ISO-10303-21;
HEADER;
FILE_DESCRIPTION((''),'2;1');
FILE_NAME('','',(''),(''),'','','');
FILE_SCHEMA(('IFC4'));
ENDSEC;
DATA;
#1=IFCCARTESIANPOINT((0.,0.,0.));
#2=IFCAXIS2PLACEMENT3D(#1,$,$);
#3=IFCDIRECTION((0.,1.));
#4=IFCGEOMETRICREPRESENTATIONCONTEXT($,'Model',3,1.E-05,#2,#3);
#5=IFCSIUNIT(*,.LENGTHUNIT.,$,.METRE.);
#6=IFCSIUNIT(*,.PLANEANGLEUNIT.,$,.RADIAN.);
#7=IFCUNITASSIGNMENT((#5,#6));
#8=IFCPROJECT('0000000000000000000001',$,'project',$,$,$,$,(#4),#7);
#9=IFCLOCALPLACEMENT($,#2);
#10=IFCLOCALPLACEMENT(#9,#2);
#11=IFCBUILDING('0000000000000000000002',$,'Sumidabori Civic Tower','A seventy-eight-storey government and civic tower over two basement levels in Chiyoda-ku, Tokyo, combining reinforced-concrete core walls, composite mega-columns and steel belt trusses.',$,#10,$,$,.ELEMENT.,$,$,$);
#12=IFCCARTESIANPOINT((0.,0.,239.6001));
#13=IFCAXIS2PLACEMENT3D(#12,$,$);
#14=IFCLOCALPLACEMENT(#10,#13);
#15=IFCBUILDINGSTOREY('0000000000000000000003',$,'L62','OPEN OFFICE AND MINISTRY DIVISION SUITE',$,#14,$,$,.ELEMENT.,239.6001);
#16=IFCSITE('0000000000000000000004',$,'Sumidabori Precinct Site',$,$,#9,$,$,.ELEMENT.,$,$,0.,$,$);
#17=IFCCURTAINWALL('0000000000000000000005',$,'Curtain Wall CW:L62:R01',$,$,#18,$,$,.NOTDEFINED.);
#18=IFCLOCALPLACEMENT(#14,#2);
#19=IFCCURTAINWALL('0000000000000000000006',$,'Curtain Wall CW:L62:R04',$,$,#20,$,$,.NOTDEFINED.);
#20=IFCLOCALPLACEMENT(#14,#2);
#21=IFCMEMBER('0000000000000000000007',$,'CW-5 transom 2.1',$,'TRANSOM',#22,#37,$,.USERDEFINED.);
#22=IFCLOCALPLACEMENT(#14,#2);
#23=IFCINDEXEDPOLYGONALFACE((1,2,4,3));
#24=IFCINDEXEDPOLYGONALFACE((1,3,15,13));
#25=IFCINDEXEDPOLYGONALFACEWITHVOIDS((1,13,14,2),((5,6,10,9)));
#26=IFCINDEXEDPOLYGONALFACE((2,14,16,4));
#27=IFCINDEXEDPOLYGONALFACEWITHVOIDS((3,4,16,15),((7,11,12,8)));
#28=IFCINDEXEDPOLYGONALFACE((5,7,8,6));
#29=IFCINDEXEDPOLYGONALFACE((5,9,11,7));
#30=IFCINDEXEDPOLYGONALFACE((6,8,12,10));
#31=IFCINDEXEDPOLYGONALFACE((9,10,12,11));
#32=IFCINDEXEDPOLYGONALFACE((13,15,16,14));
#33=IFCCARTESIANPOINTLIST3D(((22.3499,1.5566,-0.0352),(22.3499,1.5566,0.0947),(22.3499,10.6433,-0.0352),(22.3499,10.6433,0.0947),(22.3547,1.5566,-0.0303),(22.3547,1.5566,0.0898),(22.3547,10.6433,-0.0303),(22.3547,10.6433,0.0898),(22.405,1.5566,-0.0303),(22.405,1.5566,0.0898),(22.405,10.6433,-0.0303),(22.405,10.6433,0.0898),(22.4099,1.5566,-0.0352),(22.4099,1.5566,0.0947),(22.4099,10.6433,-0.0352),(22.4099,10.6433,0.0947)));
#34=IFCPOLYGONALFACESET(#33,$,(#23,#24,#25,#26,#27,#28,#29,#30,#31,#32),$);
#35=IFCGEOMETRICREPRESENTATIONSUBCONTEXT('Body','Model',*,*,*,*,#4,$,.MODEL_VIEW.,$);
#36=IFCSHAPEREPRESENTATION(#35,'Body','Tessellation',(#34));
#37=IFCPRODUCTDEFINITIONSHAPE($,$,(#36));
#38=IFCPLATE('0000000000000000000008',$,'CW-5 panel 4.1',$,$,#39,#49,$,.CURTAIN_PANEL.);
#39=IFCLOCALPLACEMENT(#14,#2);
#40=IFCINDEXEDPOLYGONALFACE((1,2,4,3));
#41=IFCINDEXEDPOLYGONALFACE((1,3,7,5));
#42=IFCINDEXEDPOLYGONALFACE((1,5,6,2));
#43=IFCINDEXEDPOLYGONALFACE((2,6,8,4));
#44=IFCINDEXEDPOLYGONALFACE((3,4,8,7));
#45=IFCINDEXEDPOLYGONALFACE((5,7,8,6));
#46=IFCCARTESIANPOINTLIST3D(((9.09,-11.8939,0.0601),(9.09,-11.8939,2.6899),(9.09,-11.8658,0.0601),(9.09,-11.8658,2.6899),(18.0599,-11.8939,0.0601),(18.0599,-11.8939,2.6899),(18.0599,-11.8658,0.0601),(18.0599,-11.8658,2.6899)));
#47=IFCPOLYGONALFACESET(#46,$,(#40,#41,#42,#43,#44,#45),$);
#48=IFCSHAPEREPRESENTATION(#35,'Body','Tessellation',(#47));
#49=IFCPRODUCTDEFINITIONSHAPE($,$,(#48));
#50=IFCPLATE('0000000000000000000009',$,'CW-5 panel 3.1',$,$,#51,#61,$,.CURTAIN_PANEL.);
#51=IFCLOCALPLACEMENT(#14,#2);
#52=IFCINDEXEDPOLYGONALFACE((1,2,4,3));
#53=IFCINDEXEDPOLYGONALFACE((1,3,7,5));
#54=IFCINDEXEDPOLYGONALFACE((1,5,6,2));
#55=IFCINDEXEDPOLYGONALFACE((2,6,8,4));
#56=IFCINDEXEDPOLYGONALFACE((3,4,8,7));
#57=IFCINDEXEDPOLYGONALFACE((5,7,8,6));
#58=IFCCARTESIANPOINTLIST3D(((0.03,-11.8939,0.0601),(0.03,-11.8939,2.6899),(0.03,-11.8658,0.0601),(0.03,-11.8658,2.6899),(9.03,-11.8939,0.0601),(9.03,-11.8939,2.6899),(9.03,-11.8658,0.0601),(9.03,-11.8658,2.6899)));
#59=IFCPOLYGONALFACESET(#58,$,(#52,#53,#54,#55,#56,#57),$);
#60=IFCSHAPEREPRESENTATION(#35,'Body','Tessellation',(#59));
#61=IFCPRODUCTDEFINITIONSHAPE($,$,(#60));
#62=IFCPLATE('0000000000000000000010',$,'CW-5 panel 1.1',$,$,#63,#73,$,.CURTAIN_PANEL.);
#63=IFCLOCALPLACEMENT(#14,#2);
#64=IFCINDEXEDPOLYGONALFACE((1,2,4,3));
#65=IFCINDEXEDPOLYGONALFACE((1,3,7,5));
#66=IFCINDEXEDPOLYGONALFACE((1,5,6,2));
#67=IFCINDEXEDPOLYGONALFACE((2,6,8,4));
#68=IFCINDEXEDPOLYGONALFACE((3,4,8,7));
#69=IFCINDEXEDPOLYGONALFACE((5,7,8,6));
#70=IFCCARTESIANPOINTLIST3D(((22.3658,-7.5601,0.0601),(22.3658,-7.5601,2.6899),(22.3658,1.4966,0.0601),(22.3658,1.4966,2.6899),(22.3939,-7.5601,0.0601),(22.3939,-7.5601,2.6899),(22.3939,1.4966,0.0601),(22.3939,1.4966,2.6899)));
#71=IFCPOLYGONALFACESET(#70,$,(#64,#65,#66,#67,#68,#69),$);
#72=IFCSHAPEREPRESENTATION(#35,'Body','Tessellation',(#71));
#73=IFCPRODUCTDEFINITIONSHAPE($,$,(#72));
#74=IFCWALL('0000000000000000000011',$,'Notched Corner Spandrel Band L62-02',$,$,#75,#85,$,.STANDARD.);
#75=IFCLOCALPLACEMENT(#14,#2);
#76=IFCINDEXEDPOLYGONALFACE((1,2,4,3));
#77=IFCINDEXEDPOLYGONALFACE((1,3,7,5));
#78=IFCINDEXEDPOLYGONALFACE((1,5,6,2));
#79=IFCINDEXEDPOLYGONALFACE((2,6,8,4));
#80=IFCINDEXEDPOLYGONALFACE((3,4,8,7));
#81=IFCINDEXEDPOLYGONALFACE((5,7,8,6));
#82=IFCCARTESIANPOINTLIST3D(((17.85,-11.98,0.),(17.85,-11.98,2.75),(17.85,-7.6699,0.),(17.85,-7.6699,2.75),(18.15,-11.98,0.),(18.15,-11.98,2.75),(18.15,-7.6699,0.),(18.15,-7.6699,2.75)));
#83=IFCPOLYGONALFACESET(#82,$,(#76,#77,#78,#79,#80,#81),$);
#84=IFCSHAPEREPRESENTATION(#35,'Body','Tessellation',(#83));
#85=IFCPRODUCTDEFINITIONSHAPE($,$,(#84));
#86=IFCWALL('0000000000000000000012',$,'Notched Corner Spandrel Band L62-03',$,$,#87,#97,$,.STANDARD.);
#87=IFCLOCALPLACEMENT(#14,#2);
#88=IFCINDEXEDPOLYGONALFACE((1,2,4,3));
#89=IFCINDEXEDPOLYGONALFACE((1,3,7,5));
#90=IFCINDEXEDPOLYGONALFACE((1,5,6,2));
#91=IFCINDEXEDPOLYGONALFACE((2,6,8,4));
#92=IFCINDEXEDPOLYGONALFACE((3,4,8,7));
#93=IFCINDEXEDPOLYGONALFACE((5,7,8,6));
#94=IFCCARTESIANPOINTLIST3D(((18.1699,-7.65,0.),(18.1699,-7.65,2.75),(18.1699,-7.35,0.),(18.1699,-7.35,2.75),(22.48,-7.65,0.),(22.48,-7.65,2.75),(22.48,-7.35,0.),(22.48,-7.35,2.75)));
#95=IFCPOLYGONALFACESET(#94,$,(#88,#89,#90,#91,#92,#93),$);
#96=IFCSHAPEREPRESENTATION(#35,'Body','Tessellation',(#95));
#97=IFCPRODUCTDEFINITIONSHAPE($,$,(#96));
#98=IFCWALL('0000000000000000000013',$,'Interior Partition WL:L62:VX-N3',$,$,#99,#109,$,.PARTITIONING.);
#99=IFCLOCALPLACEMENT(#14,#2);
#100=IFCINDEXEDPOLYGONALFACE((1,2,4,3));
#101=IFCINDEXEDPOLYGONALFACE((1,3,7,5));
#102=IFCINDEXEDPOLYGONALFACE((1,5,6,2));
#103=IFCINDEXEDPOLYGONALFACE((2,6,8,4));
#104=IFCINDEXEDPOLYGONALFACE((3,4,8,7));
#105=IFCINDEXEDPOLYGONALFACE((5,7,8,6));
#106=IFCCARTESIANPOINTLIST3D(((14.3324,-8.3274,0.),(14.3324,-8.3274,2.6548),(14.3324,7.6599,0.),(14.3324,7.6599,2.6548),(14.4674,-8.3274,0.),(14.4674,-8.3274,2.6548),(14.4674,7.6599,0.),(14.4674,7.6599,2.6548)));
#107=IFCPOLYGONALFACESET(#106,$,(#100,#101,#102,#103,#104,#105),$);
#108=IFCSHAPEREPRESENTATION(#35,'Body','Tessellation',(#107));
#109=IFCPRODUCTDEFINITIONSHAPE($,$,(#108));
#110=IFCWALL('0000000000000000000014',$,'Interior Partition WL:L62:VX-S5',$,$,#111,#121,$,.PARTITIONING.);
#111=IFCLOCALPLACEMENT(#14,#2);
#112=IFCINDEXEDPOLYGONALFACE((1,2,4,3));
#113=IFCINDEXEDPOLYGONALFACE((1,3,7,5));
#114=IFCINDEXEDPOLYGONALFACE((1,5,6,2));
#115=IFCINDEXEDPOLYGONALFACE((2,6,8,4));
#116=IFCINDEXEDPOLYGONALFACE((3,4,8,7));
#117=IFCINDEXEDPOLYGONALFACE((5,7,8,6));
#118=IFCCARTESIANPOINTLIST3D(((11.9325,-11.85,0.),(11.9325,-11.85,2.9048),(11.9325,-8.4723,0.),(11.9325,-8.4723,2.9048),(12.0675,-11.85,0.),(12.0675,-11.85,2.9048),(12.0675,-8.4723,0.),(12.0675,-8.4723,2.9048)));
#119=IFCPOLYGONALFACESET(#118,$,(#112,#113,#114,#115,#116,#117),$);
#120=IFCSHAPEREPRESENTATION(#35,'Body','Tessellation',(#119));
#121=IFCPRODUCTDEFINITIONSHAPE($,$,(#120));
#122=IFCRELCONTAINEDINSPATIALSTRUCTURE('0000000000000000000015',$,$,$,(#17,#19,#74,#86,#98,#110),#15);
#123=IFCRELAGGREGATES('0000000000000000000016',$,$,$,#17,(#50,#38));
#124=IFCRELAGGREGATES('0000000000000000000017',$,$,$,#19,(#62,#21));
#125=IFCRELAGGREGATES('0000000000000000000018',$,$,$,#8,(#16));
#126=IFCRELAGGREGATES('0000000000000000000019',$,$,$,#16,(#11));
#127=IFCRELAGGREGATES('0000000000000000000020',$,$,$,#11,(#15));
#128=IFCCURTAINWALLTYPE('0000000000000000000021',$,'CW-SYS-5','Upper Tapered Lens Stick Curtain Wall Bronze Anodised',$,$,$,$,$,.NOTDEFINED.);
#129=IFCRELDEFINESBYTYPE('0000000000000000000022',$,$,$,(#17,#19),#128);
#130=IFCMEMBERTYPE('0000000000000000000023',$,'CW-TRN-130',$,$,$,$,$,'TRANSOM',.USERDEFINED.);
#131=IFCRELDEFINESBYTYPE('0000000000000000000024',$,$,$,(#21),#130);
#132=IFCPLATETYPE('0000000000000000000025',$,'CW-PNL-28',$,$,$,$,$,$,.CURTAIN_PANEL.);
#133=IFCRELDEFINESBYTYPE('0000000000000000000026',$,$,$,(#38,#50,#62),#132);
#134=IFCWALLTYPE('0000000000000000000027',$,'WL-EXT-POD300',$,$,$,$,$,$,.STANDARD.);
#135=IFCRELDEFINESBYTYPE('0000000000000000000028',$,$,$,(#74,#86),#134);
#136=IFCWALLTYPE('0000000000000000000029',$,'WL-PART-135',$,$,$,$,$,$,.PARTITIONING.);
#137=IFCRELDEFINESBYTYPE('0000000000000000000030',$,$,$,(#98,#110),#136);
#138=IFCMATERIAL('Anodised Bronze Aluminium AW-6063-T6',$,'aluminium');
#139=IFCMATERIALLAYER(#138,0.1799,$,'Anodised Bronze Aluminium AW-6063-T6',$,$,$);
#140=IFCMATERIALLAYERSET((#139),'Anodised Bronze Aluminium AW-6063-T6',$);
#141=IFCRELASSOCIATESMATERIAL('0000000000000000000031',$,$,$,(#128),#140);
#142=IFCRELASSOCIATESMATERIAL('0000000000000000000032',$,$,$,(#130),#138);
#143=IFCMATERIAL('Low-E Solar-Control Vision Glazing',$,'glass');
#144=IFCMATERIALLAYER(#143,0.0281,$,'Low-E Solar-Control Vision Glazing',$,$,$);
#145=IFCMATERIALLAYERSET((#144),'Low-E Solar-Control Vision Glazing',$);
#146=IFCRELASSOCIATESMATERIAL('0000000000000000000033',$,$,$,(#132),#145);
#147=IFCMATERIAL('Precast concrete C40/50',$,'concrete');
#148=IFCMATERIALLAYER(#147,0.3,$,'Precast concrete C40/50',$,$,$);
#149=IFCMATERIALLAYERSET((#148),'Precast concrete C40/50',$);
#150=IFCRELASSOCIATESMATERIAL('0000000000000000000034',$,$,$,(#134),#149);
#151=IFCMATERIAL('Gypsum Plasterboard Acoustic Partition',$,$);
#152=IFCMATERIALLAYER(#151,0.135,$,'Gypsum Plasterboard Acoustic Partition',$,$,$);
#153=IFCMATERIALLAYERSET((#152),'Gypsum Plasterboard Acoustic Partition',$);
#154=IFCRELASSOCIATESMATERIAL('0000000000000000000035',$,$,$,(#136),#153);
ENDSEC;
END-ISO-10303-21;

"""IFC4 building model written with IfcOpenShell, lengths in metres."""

from ifc_helpers import new_model, si_unit, direction, frame, frame_2d, origin, origin_2d, place, context, subcontext, project, spatial, rectangle, hollow_rectangle, extrude, source, transform, mapped, material, layer, layer_set, material_profile, profile_set, type_object, element, aggregate, save


model = new_model("IFC4")

# Units and contexts
model_context = context("Model", 3, precision=1e-05, world=origin(), true_north=direction((0.0, 1.0)))
body_context = subcontext(model_context, "Body", "Model", "MODEL_VIEW")
ifc_project = project(units=[si_unit("LENGTHUNIT", "METRE"), si_unit("PLANEANGLEUNIT", "RADIAN")], contexts=[model_context])

# Site, building, storey
site_placement = place(None, origin())
site = spatial("IfcSite", under=ifc_project, at=site_placement, Name="Sumidabori Precinct Site", CompositionType="ELEMENT", RefElevation=0.0)
building_placement = place(site_placement, origin())
building = spatial("IfcBuilding", under=site, at=building_placement, Name="Sumidabori Civic Tower", Description="A seventy-eight-storey government and civic tower over two basement levels in Chiyoda-ku, Tokyo, combining reinforced-concrete core walls, composite mega-columns and steel belt trusses.", CompositionType="ELEMENT")
storey_placement = place(building_placement, frame((0.0, 0.0, 239.6001)))
storey = spatial("IfcBuildingStorey", under=building, at=storey_placement, Name="L62", Description="OPEN OFFICE AND MINISTRY DIVISION SUITE", CompositionType="ELEMENT", Elevation=239.6001)

# Curtain walls
ifc_material_1 = material(Name="Anodised Bronze Aluminium AW-6063-T6", Category="aluminium")
ifc_layer_1 = layer(ifc_material_1, 0.1799, Name="Anodised Bronze Aluminium AW-6063-T6")
ifc_layer_set_1 = layer_set([ifc_layer_1], Name="Anodised Bronze Aluminium AW-6063-T6")
curtain_wall_type = type_object("IfcCurtainWallType", Name="CW-SYS-5", Description="Upper Tapered Lens Stick Curtain Wall Bronze Anodised", PredefinedType="NOTDEFINED", material=ifc_layer_set_1)
curtain_wall_1_placement = place(storey_placement, origin())
curtain_wall_1 = element("IfcCurtainWall", 1, at=curtain_wall_1_placement, inside=storey, type_object=curtain_wall_type, Name="Curtain Wall CW:L62:R01", PredefinedType="NOTDEFINED")
curtain_wall_2_placement = place(storey_placement, origin())
curtain_wall_2 = element("IfcCurtainWall", 2, at=curtain_wall_2_placement, inside=storey, type_object=curtain_wall_type, Name="Curtain Wall CW:L62:R04", PredefinedType="NOTDEFINED")

# Member
ifc_material_profile_1 = material_profile(ifc_material_1, hollow_rectangle(XDim=0.0601, YDim=0.1299, WallThickness=0.0049, at=origin_2d()), Name="ALU TRANSOM 130x60")
ifc_profile_set_1 = profile_set([ifc_material_profile_1], Name="Anodised Bronze Aluminium AW-6063-T6")
member_type_1 = type_object("IfcMemberType", Name="CW-TRN-130", ElementType="TRANSOM", PredefinedType="USERDEFINED", material=ifc_profile_set_1)
shared_shape_1 = source(origin(), body_context, "Body", "SweptSolid", [
    extrude(hollow_rectangle(XDim=0.0601, YDim=0.1299, WallThickness=0.0049, at=origin_2d()), origin(), (0.0, 0.0, 1.0), 9.0867),
])
member_1_placement = place(storey_placement, frame((22.3799, 1.5566, 0.0298), z_axis=(0.0, 1.0, 0.0), x_axis=(-1.0, 0.0, 0.0)))
member_1 = element("IfcMember", 3, at=member_1_placement, type_object=member_type_1, Name="CW-5 transom 2.1", ObjectType="TRANSOM", PredefinedType="USERDEFINED", context=body_context, shape_type="MappedRepresentation", body=[
    mapped(shared_shape_1, transform((0.0, 0.0, 0.0), x_axis=(1.0, 0.0, 0.0), y_axis=(0.0, 1.0, 0.0), z_axis=(0.0, 0.0, 1.0), scale=1.0)),
])

# Plates
ifc_material_2 = material(Name="Low-E Solar-Control Vision Glazing", Category="glass")
ifc_layer_2 = layer(ifc_material_2, 0.0281, Name="Low-E Solar-Control Vision Glazing")
ifc_layer_set_2 = layer_set([ifc_layer_2], Name="Low-E Solar-Control Vision Glazing")
plate_type = type_object("IfcPlateType", Name="CW-PNL-28", PredefinedType="CURTAIN_PANEL", material=ifc_layer_set_2)
shared_shape_2 = source(origin(), body_context, "Body", "SweptSolid", [
    extrude(rectangle(XDim=8.97, YDim=0.0281, at=origin_2d()), origin(), (0.0, 0.0, 1.0), 2.6299),
])
plate_1_placement = place(storey_placement, frame((13.575, -11.8799, 0.0601), z_axis=(0.0, 0.0, 1.0), x_axis=(1.0, 0.0, 0.0)))
plate_1 = element("IfcPlate", 4, at=plate_1_placement, type_object=plate_type, Name="CW-5 panel 4.1", PredefinedType="CURTAIN_PANEL", context=body_context, shape_type="MappedRepresentation", body=[
    mapped(shared_shape_2, transform((0.0, 0.0, 0.0), x_axis=(1.0, 0.0, 0.0), y_axis=(0.0, 1.0, 0.0), z_axis=(0.0, 0.0, 1.0), scale=1.0)),
])
shared_shape_3 = source(origin(), body_context, "Body", "SweptSolid", [
    extrude(rectangle(XDim=9.0, YDim=0.0281, at=origin_2d()), origin(), (0.0, 0.0, 1.0), 2.6299),
])
plate_2_placement = place(storey_placement, frame((4.53, -11.8799, 0.0601), z_axis=(0.0, 0.0, 1.0), x_axis=(1.0, 0.0, 0.0)))
plate_2 = element("IfcPlate", 5, at=plate_2_placement, type_object=plate_type, Name="CW-5 panel 3.1", PredefinedType="CURTAIN_PANEL", context=body_context, shape_type="MappedRepresentation", body=[
    mapped(shared_shape_3, transform((0.0, 0.0, 0.0), x_axis=(1.0, 0.0, 0.0), y_axis=(0.0, 1.0, 0.0), z_axis=(0.0, 0.0, 1.0), scale=1.0)),
])
aggregate(curtain_wall_1, [plate_2, plate_1])
shared_shape_4 = source(origin(), body_context, "Body", "SweptSolid", [
    extrude(rectangle(XDim=9.0566, YDim=0.0281, at=origin_2d()), origin(), (0.0, 0.0, 1.0), 2.6299),
])
plate_3_placement = place(storey_placement, frame((22.3799, -3.0317, 0.0601), z_axis=(0.0, 0.0, 1.0), x_axis=(0.0, 1.0, 0.0)))
plate_3 = element("IfcPlate", 6, at=plate_3_placement, type_object=plate_type, Name="CW-5 panel 1.1", PredefinedType="CURTAIN_PANEL", context=body_context, shape_type="MappedRepresentation", body=[
    mapped(shared_shape_4, transform((0.0, 0.0, 0.0), x_axis=(1.0, 0.0, 0.0), y_axis=(0.0, 1.0, 0.0), z_axis=(0.0, 0.0, 1.0), scale=1.0)),
])
aggregate(curtain_wall_2, [plate_3, member_1])

# Walls
ifc_material_3 = material(Name="Precast concrete C40/50", Category="concrete")
ifc_layer_3 = layer(ifc_material_3, 0.3, Name="Precast concrete C40/50")
ifc_layer_set_3 = layer_set([ifc_layer_3], Name="Precast concrete C40/50")
wall_type_1 = type_object("IfcWallType", Name="WL-EXT-POD300", PredefinedType="STANDARD", material=ifc_layer_set_3)
shared_shape_5 = source(origin(), body_context, "Body", "SweptSolid", [
    extrude(rectangle(XDim=4.3101, YDim=0.3, at=frame_2d((2.155, 0.0))), origin(), (0.0, 0.0, 1.0), 2.75),
])
for number, where, z_axis, x_axis, name in (
    (7, (18.0, -11.98, 0.0), (0.0, 0.0, 1.0), (0.0, 1.0, 0.0), "Notched Corner Spandrel Band L62-02"),
    (8, (18.1699, -7.5, 0.0), (0.0, 0.0, 1.0), (1.0, 0.0, 0.0), "Notched Corner Spandrel Band L62-03"),
):
    element("IfcWall", number, at=place(storey_placement, frame(where, z_axis=z_axis, x_axis=x_axis)), inside=storey, type_object=wall_type_1, Name=name, PredefinedType="STANDARD", context=body_context, shape_type="MappedRepresentation", body=[
        mapped(shared_shape_5, transform((0.0, 0.0, 0.0), x_axis=(1.0, 0.0, 0.0), y_axis=(0.0, 1.0, 0.0), z_axis=(0.0, 0.0, 1.0), scale=1.0)),
    ])
ifc_material_4 = material(Name="Gypsum Plasterboard Acoustic Partition")
ifc_layer_4 = layer(ifc_material_4, 0.135, Name="Gypsum Plasterboard Acoustic Partition")
ifc_layer_set_4 = layer_set([ifc_layer_4], Name="Gypsum Plasterboard Acoustic Partition")
wall_type_2 = type_object("IfcWallType", Name="WL-PART-135", PredefinedType="PARTITIONING", material=ifc_layer_set_4)
shared_shape_6 = source(origin(), body_context, "Body", "SweptSolid", [
    extrude(rectangle(XDim=15.9873, YDim=0.135, at=frame_2d((7.9937, 0.0))), origin(), (0.0, 0.0, 1.0), 2.6548),
])
wall_1_placement = place(storey_placement, frame((14.3999, -8.3274, 0.0), z_axis=(0.0, 0.0, 1.0), x_axis=(0.0, 1.0, 0.0)))
element("IfcWall", 9, at=wall_1_placement, inside=storey, type_object=wall_type_2, Name="Interior Partition WL:L62:VX-N3", PredefinedType="PARTITIONING", context=body_context, shape_type="MappedRepresentation", body=[
    mapped(shared_shape_6, transform((0.0, 0.0, 0.0), x_axis=(1.0, 0.0, 0.0), y_axis=(0.0, 1.0, 0.0), z_axis=(0.0, 0.0, 1.0), scale=1.0)),
])
shared_shape_7 = source(origin(), body_context, "Body", "SweptSolid", [
    extrude(rectangle(XDim=3.3777, YDim=0.135, at=frame_2d((1.689, 0.0))), origin(), (0.0, 0.0, 1.0), 2.9048),
])
wall_2_placement = place(storey_placement, frame((12.0, -11.8501, 0.0), z_axis=(0.0, 0.0, 1.0), x_axis=(0.0, 1.0, 0.0)))
element("IfcWall", 10, at=wall_2_placement, inside=storey, type_object=wall_type_2, Name="Interior Partition WL:L62:VX-S5", PredefinedType="PARTITIONING", context=body_context, shape_type="MappedRepresentation", body=[
    mapped(shared_shape_7, transform((0.0, 0.0, 0.0), x_axis=(1.0, 0.0, 0.0), y_axis=(0.0, 1.0, 0.0), z_axis=(0.0, 0.0, 1.0), scale=1.0)),
])

save(model, "model.ifc")
